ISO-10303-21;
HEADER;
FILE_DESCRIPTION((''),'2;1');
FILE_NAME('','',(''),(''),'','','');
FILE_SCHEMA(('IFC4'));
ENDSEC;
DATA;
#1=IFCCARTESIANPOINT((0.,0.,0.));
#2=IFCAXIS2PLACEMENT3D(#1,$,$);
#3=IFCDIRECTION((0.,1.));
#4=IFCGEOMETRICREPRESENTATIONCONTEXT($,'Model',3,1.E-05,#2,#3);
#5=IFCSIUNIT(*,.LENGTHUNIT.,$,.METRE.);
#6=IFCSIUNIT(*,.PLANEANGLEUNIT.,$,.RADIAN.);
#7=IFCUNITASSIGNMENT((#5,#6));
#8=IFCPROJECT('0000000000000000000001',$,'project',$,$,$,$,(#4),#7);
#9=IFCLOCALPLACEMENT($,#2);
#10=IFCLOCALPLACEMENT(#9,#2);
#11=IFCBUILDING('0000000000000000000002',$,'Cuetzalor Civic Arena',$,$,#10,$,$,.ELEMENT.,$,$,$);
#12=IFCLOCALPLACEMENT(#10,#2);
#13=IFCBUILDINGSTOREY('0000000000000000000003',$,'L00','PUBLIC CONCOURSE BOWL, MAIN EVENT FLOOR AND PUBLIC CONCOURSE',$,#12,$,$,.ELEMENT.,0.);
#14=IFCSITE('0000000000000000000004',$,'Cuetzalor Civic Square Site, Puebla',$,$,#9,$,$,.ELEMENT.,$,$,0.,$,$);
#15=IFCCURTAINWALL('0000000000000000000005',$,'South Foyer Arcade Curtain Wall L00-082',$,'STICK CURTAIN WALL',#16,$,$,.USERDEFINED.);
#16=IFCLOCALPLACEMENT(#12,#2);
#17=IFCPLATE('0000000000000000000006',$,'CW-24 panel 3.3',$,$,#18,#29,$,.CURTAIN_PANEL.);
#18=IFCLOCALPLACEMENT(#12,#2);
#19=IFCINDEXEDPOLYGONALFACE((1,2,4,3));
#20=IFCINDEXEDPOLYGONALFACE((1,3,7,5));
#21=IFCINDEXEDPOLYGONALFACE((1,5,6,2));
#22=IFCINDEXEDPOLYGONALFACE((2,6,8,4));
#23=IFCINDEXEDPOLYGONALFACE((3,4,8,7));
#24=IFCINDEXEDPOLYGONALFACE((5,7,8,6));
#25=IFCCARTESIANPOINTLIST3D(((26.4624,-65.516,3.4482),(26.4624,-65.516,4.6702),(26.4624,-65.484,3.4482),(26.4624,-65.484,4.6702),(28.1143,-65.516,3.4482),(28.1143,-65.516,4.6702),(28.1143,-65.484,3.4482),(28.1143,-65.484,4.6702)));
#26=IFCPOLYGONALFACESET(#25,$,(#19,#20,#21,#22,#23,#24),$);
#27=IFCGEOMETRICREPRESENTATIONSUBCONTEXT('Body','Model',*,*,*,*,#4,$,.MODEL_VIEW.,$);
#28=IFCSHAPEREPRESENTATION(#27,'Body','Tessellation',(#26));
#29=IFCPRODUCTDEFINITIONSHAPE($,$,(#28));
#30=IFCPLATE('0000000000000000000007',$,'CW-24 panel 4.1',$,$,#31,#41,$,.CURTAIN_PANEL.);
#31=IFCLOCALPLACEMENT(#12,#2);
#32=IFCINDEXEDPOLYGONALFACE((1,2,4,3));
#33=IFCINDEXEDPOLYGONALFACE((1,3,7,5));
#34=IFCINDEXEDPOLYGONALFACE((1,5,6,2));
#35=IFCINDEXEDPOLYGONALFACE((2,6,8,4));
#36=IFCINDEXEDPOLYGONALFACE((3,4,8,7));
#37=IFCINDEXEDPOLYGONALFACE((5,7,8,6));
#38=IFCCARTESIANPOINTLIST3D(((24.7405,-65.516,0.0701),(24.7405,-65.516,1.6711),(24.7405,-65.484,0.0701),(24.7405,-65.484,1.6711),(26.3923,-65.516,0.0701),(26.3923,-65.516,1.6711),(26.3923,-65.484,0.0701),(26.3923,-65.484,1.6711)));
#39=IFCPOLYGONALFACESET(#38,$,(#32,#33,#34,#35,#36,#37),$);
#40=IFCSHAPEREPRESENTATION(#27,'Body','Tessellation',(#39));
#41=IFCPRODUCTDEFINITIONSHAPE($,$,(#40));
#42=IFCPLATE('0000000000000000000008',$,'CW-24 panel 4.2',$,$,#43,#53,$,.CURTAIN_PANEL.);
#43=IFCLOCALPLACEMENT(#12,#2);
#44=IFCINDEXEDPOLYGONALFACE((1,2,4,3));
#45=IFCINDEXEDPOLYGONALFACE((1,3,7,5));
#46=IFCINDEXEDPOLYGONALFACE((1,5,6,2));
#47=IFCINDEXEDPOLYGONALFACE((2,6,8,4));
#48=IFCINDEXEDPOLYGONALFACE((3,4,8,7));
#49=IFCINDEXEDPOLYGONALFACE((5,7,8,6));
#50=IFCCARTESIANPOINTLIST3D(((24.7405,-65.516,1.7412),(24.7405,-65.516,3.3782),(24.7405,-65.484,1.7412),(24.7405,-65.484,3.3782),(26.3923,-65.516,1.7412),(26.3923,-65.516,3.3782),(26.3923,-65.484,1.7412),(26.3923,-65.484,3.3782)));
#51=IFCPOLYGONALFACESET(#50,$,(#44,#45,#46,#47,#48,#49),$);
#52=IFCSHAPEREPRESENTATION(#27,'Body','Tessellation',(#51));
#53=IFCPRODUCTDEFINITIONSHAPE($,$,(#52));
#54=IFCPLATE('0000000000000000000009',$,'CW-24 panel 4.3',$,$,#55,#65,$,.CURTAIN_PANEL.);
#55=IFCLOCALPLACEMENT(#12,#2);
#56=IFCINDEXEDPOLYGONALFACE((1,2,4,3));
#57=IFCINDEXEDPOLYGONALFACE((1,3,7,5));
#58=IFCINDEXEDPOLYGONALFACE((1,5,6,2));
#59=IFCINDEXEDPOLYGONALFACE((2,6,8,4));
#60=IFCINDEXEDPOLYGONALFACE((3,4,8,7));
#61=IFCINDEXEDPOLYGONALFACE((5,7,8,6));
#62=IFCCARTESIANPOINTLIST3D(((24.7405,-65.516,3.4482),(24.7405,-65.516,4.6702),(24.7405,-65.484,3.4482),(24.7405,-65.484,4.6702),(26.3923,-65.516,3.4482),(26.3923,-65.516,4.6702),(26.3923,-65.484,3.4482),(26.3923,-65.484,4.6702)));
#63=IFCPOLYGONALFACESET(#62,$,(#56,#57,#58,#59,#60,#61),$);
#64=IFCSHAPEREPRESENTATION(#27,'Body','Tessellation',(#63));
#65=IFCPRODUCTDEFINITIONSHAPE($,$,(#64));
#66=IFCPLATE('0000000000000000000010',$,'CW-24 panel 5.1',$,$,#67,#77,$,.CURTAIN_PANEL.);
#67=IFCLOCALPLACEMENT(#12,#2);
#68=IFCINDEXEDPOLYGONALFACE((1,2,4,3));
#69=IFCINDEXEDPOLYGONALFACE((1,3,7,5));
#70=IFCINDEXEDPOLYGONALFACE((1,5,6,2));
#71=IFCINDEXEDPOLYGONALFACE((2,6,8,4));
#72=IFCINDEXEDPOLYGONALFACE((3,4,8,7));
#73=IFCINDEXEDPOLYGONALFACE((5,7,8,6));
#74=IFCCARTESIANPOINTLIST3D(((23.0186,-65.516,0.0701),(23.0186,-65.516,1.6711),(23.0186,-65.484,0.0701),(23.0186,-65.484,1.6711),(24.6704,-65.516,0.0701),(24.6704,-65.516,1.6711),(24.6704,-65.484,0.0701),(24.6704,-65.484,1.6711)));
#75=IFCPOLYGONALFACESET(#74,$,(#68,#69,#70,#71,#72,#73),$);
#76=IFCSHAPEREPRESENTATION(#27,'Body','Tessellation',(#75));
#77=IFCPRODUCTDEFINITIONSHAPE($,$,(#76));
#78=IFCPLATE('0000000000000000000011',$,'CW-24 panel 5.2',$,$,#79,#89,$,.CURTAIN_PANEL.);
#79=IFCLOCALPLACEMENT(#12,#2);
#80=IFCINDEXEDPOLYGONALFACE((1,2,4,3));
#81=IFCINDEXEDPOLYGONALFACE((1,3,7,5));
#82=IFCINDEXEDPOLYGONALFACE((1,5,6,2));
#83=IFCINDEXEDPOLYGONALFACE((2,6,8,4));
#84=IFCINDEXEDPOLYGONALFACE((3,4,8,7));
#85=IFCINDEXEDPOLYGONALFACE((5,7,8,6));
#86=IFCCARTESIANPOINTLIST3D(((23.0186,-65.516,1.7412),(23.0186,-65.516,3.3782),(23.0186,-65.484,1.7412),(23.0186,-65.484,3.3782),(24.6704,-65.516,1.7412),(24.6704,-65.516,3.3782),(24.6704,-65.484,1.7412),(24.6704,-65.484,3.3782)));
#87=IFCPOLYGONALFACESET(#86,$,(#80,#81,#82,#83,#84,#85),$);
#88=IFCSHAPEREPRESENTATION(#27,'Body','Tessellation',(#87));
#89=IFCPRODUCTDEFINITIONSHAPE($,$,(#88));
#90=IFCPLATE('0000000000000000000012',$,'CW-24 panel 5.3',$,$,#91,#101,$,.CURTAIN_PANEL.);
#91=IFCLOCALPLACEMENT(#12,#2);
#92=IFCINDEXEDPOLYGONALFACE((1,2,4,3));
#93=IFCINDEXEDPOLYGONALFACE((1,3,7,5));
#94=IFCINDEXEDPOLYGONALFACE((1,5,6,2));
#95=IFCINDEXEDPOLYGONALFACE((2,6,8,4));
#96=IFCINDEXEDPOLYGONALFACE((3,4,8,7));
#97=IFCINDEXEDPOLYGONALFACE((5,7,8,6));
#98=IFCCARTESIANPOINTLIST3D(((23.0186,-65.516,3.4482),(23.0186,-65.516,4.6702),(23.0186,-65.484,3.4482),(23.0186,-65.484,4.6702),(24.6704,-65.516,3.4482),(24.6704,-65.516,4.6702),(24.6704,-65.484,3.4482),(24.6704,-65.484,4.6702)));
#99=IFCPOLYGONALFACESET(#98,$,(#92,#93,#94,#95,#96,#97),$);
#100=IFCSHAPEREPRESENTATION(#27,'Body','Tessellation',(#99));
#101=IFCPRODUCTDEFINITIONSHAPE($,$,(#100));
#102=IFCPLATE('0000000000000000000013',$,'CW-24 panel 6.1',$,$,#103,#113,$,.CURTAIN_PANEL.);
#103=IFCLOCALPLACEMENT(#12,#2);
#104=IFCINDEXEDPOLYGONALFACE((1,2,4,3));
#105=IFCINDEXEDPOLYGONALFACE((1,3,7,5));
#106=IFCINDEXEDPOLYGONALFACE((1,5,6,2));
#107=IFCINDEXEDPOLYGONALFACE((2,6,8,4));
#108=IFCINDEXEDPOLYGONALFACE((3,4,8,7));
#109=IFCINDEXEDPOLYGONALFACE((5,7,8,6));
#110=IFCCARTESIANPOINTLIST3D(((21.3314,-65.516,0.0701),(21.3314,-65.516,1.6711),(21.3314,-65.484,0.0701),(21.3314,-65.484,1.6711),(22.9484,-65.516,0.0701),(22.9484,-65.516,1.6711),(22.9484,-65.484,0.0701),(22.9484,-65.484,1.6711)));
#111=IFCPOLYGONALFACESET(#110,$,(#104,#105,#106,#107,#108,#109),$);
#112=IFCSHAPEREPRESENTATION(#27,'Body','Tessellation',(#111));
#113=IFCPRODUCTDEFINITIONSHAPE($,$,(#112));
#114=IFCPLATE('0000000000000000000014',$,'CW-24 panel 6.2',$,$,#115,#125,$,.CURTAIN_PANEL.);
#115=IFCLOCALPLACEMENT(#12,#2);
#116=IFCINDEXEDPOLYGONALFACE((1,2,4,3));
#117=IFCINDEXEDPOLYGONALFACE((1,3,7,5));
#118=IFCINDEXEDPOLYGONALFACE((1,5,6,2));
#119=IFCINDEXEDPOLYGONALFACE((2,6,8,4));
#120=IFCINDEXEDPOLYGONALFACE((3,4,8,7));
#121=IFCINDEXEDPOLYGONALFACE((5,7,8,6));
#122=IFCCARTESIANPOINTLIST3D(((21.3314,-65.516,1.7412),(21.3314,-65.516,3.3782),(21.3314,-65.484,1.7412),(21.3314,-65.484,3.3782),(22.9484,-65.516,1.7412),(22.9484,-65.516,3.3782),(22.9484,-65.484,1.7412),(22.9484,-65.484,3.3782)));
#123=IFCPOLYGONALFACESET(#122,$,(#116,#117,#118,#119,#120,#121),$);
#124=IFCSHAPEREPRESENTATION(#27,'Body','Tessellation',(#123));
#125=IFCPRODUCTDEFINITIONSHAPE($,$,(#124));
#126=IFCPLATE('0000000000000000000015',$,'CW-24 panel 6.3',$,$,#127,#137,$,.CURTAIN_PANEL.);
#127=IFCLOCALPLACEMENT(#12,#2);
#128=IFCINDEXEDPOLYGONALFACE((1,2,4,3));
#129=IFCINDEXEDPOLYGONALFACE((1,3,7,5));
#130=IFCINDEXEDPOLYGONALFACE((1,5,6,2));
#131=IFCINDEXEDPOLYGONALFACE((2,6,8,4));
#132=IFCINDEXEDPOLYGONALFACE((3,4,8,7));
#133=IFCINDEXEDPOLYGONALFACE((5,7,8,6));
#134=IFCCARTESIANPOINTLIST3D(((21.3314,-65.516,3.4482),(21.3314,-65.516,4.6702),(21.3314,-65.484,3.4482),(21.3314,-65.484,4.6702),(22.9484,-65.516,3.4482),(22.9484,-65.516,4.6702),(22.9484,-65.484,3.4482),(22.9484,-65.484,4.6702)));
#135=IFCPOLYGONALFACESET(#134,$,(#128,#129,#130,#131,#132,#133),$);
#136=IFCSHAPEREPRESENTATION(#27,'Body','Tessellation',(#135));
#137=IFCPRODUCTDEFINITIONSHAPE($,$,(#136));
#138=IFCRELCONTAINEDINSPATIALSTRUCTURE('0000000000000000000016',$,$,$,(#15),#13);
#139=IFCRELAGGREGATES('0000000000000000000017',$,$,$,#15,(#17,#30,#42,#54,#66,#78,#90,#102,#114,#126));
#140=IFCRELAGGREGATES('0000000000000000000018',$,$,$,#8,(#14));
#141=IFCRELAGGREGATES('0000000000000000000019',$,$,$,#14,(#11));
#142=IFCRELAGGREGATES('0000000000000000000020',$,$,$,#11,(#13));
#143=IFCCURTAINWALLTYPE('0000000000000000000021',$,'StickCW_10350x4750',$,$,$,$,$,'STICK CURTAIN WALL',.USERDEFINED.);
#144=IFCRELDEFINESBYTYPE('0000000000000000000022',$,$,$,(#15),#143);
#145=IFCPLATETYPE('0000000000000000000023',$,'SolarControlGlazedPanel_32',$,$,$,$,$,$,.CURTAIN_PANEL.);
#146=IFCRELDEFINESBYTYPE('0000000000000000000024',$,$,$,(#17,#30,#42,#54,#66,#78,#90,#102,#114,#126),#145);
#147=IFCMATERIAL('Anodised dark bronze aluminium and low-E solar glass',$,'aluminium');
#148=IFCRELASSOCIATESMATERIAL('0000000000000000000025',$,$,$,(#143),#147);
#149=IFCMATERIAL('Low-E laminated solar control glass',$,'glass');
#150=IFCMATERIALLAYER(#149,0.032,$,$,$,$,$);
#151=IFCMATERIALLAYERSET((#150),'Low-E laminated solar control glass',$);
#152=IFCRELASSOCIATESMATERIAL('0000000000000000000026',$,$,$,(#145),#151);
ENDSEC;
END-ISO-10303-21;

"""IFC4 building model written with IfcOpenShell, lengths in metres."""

from ifc_helpers import new_model, si_unit, direction, frame, origin, origin_2d, place, context, subcontext, project, spatial, rectangle, extrude, material, layer, layer_set, type_object, element, aggregate, save


model = new_model("IFC4")

# Units and contexts
model_context = context("Model", 3, precision=1e-05, world=origin(), true_north=direction((0.0, 1.0)))
body_context = subcontext(model_context, "Body", "Model", "MODEL_VIEW")
ifc_project = project(units=[si_unit("LENGTHUNIT", "METRE"), si_unit("PLANEANGLEUNIT", "RADIAN")], contexts=[model_context])

# Site, building, storey
site_placement = place(None, origin())
site = spatial("IfcSite", under=ifc_project, at=site_placement, Name="Cuetzalor Civic Square Site, Puebla", CompositionType="ELEMENT", RefElevation=0.0)
building_placement = place(site_placement, origin())
building = spatial("IfcBuilding", under=site, at=building_placement, Name="Cuetzalor Civic Arena", CompositionType="ELEMENT")
storey_placement = place(building_placement, origin())
storey = spatial("IfcBuildingStorey", under=building, at=storey_placement, Name="L00", Description="PUBLIC CONCOURSE BOWL, MAIN EVENT FLOOR AND PUBLIC CONCOURSE", CompositionType="ELEMENT", Elevation=0.0)

# Curtain wall, plates
ifc_material_1 = material(Name="Anodised dark bronze aluminium and low-E solar glass", Category="aluminium")
curtain_wall_type = type_object("IfcCurtainWallType", Name="StickCW_10350x4750", ElementType="STICK CURTAIN WALL", PredefinedType="USERDEFINED", material=ifc_material_1)
curtain_wall_placement = place(storey_placement, origin())
curtain_wall = element("IfcCurtainWall", 1, at=curtain_wall_placement, inside=storey, type_object=curtain_wall_type, Name="South Foyer Arcade Curtain Wall L00-082", ObjectType="STICK CURTAIN WALL", PredefinedType="USERDEFINED")
ifc_material_2 = material(Name="Low-E laminated solar control glass", Category="glass")
ifc_layer = layer(ifc_material_2, 0.032)
ifc_layer_set = layer_set([ifc_layer], Name="Low-E laminated solar control glass")
plate_type = type_object("IfcPlateType", Name="SolarControlGlazedPanel_32", PredefinedType="CURTAIN_PANEL", material=ifc_layer_set)
plate_1_placement = place(storey_placement, frame((27.2883, -65.5, 3.4482), z_axis=(0.0, 0.0, 1.0), x_axis=(-1.0, 0.0, 0.0)))
plate_1 = element("IfcPlate", 2, at=plate_1_placement, type_object=plate_type, Name="CW-24 panel 3.3", PredefinedType="CURTAIN_PANEL", context=body_context, shape_type="SweptSolid", body=[
    extrude(rectangle(XDim=1.6519, YDim=0.032, at=origin_2d()), origin(), (0.0, 0.0, 1.0), 1.2219),
])
plate_2_placement = place(storey_placement, frame((25.5664, -65.5, 0.0701), z_axis=(0.0, 0.0, 1.0), x_axis=(-1.0, 0.0, 0.0)))
plate_2 = element("IfcPlate", 3, at=plate_2_placement, type_object=plate_type, Name="CW-24 panel 4.1", PredefinedType="CURTAIN_PANEL", context=body_context, shape_type="SweptSolid", body=[
    extrude(rectangle(XDim=1.6519, YDim=0.032, at=origin_2d()), origin(), (0.0, 0.0, 1.0), 1.6011),
])
plate_3_placement = place(storey_placement, frame((25.5664, -65.5, 1.7412), z_axis=(0.0, 0.0, 1.0), x_axis=(-1.0, 0.0, 0.0)))
plate_3 = element("IfcPlate", 4, at=plate_3_placement, type_object=plate_type, Name="CW-24 panel 4.2", PredefinedType="CURTAIN_PANEL", context=body_context, shape_type="SweptSolid", body=[
    extrude(rectangle(XDim=1.6519, YDim=0.032, at=origin_2d()), origin(), (0.0, 0.0, 1.0), 1.637),
])
plate_4_placement = place(storey_placement, frame((25.5664, -65.5, 3.4482), z_axis=(0.0, 0.0, 1.0), x_axis=(-1.0, 0.0, 0.0)))
plate_4 = element("IfcPlate", 5, at=plate_4_placement, type_object=plate_type, Name="CW-24 panel 4.3", PredefinedType="CURTAIN_PANEL", context=body_context, shape_type="SweptSolid", body=[
    extrude(rectangle(XDim=1.6519, YDim=0.032, at=origin_2d()), origin(), (0.0, 0.0, 1.0), 1.2219),
])
plate_5_placement = place(storey_placement, frame((23.8445, -65.5, 0.0701), z_axis=(0.0, 0.0, 1.0), x_axis=(-1.0, 0.0, 0.0)))
plate_5 = element("IfcPlate", 6, at=plate_5_placement, type_object=plate_type, Name="CW-24 panel 5.1", PredefinedType="CURTAIN_PANEL", context=body_context, shape_type="SweptSolid", body=[
    extrude(rectangle(XDim=1.6519, YDim=0.032, at=origin_2d()), origin(), (0.0, 0.0, 1.0), 1.6011),
])
plate_6_placement = place(storey_placement, frame((23.8445, -65.5, 1.7412), z_axis=(0.0, 0.0, 1.0), x_axis=(-1.0, 0.0, 0.0)))
plate_6 = element("IfcPlate", 7, at=plate_6_placement, type_object=plate_type, Name="CW-24 panel 5.2", PredefinedType="CURTAIN_PANEL", context=body_context, shape_type="SweptSolid", body=[
    extrude(rectangle(XDim=1.6519, YDim=0.032, at=origin_2d()), origin(), (0.0, 0.0, 1.0), 1.637),
])
plate_7_placement = place(storey_placement, frame((23.8445, -65.5, 3.4482), z_axis=(0.0, 0.0, 1.0), x_axis=(-1.0, 0.0, 0.0)))
plate_7 = element("IfcPlate", 8, at=plate_7_placement, type_object=plate_type, Name="CW-24 panel 5.3", PredefinedType="CURTAIN_PANEL", context=body_context, shape_type="SweptSolid", body=[
    extrude(rectangle(XDim=1.6519, YDim=0.032, at=origin_2d()), origin(), (0.0, 0.0, 1.0), 1.2219),
])
plate_8_placement = place(storey_placement, frame((22.1399, -65.5, 0.0701), z_axis=(0.0, 0.0, 1.0), x_axis=(-1.0, 0.0, 0.0)))
plate_8 = element("IfcPlate", 9, at=plate_8_placement, type_object=plate_type, Name="CW-24 panel 6.1", PredefinedType="CURTAIN_PANEL", context=body_context, shape_type="SweptSolid", body=[
    extrude(rectangle(XDim=1.6169, YDim=0.032, at=origin_2d()), origin(), (0.0, 0.0, 1.0), 1.6011),
])
plate_9_placement = place(storey_placement, frame((22.1399, -65.5, 1.7412), z_axis=(0.0, 0.0, 1.0), x_axis=(-1.0, 0.0, 0.0)))
plate_9 = element("IfcPlate", 10, at=plate_9_placement, type_object=plate_type, Name="CW-24 panel 6.2", PredefinedType="CURTAIN_PANEL", context=body_context, shape_type="SweptSolid", body=[
    extrude(rectangle(XDim=1.6169, YDim=0.032, at=origin_2d()), origin(), (0.0, 0.0, 1.0), 1.637),
])
plate_10_placement = place(storey_placement, frame((22.1399, -65.5, 3.4482), z_axis=(0.0, 0.0, 1.0), x_axis=(-1.0, 0.0, 0.0)))
plate_10 = element("IfcPlate", 11, at=plate_10_placement, type_object=plate_type, Name="CW-24 panel 6.3", PredefinedType="CURTAIN_PANEL", context=body_context, shape_type="SweptSolid", body=[
    extrude(rectangle(XDim=1.6169, YDim=0.032, at=origin_2d()), origin(), (0.0, 0.0, 1.0), 1.2219),
])
aggregate(curtain_wall, [plate_1, plate_2, plate_3, plate_4, plate_5, plate_6, plate_7, plate_8, plate_9, plate_10])

save(model, "model.ifc")
